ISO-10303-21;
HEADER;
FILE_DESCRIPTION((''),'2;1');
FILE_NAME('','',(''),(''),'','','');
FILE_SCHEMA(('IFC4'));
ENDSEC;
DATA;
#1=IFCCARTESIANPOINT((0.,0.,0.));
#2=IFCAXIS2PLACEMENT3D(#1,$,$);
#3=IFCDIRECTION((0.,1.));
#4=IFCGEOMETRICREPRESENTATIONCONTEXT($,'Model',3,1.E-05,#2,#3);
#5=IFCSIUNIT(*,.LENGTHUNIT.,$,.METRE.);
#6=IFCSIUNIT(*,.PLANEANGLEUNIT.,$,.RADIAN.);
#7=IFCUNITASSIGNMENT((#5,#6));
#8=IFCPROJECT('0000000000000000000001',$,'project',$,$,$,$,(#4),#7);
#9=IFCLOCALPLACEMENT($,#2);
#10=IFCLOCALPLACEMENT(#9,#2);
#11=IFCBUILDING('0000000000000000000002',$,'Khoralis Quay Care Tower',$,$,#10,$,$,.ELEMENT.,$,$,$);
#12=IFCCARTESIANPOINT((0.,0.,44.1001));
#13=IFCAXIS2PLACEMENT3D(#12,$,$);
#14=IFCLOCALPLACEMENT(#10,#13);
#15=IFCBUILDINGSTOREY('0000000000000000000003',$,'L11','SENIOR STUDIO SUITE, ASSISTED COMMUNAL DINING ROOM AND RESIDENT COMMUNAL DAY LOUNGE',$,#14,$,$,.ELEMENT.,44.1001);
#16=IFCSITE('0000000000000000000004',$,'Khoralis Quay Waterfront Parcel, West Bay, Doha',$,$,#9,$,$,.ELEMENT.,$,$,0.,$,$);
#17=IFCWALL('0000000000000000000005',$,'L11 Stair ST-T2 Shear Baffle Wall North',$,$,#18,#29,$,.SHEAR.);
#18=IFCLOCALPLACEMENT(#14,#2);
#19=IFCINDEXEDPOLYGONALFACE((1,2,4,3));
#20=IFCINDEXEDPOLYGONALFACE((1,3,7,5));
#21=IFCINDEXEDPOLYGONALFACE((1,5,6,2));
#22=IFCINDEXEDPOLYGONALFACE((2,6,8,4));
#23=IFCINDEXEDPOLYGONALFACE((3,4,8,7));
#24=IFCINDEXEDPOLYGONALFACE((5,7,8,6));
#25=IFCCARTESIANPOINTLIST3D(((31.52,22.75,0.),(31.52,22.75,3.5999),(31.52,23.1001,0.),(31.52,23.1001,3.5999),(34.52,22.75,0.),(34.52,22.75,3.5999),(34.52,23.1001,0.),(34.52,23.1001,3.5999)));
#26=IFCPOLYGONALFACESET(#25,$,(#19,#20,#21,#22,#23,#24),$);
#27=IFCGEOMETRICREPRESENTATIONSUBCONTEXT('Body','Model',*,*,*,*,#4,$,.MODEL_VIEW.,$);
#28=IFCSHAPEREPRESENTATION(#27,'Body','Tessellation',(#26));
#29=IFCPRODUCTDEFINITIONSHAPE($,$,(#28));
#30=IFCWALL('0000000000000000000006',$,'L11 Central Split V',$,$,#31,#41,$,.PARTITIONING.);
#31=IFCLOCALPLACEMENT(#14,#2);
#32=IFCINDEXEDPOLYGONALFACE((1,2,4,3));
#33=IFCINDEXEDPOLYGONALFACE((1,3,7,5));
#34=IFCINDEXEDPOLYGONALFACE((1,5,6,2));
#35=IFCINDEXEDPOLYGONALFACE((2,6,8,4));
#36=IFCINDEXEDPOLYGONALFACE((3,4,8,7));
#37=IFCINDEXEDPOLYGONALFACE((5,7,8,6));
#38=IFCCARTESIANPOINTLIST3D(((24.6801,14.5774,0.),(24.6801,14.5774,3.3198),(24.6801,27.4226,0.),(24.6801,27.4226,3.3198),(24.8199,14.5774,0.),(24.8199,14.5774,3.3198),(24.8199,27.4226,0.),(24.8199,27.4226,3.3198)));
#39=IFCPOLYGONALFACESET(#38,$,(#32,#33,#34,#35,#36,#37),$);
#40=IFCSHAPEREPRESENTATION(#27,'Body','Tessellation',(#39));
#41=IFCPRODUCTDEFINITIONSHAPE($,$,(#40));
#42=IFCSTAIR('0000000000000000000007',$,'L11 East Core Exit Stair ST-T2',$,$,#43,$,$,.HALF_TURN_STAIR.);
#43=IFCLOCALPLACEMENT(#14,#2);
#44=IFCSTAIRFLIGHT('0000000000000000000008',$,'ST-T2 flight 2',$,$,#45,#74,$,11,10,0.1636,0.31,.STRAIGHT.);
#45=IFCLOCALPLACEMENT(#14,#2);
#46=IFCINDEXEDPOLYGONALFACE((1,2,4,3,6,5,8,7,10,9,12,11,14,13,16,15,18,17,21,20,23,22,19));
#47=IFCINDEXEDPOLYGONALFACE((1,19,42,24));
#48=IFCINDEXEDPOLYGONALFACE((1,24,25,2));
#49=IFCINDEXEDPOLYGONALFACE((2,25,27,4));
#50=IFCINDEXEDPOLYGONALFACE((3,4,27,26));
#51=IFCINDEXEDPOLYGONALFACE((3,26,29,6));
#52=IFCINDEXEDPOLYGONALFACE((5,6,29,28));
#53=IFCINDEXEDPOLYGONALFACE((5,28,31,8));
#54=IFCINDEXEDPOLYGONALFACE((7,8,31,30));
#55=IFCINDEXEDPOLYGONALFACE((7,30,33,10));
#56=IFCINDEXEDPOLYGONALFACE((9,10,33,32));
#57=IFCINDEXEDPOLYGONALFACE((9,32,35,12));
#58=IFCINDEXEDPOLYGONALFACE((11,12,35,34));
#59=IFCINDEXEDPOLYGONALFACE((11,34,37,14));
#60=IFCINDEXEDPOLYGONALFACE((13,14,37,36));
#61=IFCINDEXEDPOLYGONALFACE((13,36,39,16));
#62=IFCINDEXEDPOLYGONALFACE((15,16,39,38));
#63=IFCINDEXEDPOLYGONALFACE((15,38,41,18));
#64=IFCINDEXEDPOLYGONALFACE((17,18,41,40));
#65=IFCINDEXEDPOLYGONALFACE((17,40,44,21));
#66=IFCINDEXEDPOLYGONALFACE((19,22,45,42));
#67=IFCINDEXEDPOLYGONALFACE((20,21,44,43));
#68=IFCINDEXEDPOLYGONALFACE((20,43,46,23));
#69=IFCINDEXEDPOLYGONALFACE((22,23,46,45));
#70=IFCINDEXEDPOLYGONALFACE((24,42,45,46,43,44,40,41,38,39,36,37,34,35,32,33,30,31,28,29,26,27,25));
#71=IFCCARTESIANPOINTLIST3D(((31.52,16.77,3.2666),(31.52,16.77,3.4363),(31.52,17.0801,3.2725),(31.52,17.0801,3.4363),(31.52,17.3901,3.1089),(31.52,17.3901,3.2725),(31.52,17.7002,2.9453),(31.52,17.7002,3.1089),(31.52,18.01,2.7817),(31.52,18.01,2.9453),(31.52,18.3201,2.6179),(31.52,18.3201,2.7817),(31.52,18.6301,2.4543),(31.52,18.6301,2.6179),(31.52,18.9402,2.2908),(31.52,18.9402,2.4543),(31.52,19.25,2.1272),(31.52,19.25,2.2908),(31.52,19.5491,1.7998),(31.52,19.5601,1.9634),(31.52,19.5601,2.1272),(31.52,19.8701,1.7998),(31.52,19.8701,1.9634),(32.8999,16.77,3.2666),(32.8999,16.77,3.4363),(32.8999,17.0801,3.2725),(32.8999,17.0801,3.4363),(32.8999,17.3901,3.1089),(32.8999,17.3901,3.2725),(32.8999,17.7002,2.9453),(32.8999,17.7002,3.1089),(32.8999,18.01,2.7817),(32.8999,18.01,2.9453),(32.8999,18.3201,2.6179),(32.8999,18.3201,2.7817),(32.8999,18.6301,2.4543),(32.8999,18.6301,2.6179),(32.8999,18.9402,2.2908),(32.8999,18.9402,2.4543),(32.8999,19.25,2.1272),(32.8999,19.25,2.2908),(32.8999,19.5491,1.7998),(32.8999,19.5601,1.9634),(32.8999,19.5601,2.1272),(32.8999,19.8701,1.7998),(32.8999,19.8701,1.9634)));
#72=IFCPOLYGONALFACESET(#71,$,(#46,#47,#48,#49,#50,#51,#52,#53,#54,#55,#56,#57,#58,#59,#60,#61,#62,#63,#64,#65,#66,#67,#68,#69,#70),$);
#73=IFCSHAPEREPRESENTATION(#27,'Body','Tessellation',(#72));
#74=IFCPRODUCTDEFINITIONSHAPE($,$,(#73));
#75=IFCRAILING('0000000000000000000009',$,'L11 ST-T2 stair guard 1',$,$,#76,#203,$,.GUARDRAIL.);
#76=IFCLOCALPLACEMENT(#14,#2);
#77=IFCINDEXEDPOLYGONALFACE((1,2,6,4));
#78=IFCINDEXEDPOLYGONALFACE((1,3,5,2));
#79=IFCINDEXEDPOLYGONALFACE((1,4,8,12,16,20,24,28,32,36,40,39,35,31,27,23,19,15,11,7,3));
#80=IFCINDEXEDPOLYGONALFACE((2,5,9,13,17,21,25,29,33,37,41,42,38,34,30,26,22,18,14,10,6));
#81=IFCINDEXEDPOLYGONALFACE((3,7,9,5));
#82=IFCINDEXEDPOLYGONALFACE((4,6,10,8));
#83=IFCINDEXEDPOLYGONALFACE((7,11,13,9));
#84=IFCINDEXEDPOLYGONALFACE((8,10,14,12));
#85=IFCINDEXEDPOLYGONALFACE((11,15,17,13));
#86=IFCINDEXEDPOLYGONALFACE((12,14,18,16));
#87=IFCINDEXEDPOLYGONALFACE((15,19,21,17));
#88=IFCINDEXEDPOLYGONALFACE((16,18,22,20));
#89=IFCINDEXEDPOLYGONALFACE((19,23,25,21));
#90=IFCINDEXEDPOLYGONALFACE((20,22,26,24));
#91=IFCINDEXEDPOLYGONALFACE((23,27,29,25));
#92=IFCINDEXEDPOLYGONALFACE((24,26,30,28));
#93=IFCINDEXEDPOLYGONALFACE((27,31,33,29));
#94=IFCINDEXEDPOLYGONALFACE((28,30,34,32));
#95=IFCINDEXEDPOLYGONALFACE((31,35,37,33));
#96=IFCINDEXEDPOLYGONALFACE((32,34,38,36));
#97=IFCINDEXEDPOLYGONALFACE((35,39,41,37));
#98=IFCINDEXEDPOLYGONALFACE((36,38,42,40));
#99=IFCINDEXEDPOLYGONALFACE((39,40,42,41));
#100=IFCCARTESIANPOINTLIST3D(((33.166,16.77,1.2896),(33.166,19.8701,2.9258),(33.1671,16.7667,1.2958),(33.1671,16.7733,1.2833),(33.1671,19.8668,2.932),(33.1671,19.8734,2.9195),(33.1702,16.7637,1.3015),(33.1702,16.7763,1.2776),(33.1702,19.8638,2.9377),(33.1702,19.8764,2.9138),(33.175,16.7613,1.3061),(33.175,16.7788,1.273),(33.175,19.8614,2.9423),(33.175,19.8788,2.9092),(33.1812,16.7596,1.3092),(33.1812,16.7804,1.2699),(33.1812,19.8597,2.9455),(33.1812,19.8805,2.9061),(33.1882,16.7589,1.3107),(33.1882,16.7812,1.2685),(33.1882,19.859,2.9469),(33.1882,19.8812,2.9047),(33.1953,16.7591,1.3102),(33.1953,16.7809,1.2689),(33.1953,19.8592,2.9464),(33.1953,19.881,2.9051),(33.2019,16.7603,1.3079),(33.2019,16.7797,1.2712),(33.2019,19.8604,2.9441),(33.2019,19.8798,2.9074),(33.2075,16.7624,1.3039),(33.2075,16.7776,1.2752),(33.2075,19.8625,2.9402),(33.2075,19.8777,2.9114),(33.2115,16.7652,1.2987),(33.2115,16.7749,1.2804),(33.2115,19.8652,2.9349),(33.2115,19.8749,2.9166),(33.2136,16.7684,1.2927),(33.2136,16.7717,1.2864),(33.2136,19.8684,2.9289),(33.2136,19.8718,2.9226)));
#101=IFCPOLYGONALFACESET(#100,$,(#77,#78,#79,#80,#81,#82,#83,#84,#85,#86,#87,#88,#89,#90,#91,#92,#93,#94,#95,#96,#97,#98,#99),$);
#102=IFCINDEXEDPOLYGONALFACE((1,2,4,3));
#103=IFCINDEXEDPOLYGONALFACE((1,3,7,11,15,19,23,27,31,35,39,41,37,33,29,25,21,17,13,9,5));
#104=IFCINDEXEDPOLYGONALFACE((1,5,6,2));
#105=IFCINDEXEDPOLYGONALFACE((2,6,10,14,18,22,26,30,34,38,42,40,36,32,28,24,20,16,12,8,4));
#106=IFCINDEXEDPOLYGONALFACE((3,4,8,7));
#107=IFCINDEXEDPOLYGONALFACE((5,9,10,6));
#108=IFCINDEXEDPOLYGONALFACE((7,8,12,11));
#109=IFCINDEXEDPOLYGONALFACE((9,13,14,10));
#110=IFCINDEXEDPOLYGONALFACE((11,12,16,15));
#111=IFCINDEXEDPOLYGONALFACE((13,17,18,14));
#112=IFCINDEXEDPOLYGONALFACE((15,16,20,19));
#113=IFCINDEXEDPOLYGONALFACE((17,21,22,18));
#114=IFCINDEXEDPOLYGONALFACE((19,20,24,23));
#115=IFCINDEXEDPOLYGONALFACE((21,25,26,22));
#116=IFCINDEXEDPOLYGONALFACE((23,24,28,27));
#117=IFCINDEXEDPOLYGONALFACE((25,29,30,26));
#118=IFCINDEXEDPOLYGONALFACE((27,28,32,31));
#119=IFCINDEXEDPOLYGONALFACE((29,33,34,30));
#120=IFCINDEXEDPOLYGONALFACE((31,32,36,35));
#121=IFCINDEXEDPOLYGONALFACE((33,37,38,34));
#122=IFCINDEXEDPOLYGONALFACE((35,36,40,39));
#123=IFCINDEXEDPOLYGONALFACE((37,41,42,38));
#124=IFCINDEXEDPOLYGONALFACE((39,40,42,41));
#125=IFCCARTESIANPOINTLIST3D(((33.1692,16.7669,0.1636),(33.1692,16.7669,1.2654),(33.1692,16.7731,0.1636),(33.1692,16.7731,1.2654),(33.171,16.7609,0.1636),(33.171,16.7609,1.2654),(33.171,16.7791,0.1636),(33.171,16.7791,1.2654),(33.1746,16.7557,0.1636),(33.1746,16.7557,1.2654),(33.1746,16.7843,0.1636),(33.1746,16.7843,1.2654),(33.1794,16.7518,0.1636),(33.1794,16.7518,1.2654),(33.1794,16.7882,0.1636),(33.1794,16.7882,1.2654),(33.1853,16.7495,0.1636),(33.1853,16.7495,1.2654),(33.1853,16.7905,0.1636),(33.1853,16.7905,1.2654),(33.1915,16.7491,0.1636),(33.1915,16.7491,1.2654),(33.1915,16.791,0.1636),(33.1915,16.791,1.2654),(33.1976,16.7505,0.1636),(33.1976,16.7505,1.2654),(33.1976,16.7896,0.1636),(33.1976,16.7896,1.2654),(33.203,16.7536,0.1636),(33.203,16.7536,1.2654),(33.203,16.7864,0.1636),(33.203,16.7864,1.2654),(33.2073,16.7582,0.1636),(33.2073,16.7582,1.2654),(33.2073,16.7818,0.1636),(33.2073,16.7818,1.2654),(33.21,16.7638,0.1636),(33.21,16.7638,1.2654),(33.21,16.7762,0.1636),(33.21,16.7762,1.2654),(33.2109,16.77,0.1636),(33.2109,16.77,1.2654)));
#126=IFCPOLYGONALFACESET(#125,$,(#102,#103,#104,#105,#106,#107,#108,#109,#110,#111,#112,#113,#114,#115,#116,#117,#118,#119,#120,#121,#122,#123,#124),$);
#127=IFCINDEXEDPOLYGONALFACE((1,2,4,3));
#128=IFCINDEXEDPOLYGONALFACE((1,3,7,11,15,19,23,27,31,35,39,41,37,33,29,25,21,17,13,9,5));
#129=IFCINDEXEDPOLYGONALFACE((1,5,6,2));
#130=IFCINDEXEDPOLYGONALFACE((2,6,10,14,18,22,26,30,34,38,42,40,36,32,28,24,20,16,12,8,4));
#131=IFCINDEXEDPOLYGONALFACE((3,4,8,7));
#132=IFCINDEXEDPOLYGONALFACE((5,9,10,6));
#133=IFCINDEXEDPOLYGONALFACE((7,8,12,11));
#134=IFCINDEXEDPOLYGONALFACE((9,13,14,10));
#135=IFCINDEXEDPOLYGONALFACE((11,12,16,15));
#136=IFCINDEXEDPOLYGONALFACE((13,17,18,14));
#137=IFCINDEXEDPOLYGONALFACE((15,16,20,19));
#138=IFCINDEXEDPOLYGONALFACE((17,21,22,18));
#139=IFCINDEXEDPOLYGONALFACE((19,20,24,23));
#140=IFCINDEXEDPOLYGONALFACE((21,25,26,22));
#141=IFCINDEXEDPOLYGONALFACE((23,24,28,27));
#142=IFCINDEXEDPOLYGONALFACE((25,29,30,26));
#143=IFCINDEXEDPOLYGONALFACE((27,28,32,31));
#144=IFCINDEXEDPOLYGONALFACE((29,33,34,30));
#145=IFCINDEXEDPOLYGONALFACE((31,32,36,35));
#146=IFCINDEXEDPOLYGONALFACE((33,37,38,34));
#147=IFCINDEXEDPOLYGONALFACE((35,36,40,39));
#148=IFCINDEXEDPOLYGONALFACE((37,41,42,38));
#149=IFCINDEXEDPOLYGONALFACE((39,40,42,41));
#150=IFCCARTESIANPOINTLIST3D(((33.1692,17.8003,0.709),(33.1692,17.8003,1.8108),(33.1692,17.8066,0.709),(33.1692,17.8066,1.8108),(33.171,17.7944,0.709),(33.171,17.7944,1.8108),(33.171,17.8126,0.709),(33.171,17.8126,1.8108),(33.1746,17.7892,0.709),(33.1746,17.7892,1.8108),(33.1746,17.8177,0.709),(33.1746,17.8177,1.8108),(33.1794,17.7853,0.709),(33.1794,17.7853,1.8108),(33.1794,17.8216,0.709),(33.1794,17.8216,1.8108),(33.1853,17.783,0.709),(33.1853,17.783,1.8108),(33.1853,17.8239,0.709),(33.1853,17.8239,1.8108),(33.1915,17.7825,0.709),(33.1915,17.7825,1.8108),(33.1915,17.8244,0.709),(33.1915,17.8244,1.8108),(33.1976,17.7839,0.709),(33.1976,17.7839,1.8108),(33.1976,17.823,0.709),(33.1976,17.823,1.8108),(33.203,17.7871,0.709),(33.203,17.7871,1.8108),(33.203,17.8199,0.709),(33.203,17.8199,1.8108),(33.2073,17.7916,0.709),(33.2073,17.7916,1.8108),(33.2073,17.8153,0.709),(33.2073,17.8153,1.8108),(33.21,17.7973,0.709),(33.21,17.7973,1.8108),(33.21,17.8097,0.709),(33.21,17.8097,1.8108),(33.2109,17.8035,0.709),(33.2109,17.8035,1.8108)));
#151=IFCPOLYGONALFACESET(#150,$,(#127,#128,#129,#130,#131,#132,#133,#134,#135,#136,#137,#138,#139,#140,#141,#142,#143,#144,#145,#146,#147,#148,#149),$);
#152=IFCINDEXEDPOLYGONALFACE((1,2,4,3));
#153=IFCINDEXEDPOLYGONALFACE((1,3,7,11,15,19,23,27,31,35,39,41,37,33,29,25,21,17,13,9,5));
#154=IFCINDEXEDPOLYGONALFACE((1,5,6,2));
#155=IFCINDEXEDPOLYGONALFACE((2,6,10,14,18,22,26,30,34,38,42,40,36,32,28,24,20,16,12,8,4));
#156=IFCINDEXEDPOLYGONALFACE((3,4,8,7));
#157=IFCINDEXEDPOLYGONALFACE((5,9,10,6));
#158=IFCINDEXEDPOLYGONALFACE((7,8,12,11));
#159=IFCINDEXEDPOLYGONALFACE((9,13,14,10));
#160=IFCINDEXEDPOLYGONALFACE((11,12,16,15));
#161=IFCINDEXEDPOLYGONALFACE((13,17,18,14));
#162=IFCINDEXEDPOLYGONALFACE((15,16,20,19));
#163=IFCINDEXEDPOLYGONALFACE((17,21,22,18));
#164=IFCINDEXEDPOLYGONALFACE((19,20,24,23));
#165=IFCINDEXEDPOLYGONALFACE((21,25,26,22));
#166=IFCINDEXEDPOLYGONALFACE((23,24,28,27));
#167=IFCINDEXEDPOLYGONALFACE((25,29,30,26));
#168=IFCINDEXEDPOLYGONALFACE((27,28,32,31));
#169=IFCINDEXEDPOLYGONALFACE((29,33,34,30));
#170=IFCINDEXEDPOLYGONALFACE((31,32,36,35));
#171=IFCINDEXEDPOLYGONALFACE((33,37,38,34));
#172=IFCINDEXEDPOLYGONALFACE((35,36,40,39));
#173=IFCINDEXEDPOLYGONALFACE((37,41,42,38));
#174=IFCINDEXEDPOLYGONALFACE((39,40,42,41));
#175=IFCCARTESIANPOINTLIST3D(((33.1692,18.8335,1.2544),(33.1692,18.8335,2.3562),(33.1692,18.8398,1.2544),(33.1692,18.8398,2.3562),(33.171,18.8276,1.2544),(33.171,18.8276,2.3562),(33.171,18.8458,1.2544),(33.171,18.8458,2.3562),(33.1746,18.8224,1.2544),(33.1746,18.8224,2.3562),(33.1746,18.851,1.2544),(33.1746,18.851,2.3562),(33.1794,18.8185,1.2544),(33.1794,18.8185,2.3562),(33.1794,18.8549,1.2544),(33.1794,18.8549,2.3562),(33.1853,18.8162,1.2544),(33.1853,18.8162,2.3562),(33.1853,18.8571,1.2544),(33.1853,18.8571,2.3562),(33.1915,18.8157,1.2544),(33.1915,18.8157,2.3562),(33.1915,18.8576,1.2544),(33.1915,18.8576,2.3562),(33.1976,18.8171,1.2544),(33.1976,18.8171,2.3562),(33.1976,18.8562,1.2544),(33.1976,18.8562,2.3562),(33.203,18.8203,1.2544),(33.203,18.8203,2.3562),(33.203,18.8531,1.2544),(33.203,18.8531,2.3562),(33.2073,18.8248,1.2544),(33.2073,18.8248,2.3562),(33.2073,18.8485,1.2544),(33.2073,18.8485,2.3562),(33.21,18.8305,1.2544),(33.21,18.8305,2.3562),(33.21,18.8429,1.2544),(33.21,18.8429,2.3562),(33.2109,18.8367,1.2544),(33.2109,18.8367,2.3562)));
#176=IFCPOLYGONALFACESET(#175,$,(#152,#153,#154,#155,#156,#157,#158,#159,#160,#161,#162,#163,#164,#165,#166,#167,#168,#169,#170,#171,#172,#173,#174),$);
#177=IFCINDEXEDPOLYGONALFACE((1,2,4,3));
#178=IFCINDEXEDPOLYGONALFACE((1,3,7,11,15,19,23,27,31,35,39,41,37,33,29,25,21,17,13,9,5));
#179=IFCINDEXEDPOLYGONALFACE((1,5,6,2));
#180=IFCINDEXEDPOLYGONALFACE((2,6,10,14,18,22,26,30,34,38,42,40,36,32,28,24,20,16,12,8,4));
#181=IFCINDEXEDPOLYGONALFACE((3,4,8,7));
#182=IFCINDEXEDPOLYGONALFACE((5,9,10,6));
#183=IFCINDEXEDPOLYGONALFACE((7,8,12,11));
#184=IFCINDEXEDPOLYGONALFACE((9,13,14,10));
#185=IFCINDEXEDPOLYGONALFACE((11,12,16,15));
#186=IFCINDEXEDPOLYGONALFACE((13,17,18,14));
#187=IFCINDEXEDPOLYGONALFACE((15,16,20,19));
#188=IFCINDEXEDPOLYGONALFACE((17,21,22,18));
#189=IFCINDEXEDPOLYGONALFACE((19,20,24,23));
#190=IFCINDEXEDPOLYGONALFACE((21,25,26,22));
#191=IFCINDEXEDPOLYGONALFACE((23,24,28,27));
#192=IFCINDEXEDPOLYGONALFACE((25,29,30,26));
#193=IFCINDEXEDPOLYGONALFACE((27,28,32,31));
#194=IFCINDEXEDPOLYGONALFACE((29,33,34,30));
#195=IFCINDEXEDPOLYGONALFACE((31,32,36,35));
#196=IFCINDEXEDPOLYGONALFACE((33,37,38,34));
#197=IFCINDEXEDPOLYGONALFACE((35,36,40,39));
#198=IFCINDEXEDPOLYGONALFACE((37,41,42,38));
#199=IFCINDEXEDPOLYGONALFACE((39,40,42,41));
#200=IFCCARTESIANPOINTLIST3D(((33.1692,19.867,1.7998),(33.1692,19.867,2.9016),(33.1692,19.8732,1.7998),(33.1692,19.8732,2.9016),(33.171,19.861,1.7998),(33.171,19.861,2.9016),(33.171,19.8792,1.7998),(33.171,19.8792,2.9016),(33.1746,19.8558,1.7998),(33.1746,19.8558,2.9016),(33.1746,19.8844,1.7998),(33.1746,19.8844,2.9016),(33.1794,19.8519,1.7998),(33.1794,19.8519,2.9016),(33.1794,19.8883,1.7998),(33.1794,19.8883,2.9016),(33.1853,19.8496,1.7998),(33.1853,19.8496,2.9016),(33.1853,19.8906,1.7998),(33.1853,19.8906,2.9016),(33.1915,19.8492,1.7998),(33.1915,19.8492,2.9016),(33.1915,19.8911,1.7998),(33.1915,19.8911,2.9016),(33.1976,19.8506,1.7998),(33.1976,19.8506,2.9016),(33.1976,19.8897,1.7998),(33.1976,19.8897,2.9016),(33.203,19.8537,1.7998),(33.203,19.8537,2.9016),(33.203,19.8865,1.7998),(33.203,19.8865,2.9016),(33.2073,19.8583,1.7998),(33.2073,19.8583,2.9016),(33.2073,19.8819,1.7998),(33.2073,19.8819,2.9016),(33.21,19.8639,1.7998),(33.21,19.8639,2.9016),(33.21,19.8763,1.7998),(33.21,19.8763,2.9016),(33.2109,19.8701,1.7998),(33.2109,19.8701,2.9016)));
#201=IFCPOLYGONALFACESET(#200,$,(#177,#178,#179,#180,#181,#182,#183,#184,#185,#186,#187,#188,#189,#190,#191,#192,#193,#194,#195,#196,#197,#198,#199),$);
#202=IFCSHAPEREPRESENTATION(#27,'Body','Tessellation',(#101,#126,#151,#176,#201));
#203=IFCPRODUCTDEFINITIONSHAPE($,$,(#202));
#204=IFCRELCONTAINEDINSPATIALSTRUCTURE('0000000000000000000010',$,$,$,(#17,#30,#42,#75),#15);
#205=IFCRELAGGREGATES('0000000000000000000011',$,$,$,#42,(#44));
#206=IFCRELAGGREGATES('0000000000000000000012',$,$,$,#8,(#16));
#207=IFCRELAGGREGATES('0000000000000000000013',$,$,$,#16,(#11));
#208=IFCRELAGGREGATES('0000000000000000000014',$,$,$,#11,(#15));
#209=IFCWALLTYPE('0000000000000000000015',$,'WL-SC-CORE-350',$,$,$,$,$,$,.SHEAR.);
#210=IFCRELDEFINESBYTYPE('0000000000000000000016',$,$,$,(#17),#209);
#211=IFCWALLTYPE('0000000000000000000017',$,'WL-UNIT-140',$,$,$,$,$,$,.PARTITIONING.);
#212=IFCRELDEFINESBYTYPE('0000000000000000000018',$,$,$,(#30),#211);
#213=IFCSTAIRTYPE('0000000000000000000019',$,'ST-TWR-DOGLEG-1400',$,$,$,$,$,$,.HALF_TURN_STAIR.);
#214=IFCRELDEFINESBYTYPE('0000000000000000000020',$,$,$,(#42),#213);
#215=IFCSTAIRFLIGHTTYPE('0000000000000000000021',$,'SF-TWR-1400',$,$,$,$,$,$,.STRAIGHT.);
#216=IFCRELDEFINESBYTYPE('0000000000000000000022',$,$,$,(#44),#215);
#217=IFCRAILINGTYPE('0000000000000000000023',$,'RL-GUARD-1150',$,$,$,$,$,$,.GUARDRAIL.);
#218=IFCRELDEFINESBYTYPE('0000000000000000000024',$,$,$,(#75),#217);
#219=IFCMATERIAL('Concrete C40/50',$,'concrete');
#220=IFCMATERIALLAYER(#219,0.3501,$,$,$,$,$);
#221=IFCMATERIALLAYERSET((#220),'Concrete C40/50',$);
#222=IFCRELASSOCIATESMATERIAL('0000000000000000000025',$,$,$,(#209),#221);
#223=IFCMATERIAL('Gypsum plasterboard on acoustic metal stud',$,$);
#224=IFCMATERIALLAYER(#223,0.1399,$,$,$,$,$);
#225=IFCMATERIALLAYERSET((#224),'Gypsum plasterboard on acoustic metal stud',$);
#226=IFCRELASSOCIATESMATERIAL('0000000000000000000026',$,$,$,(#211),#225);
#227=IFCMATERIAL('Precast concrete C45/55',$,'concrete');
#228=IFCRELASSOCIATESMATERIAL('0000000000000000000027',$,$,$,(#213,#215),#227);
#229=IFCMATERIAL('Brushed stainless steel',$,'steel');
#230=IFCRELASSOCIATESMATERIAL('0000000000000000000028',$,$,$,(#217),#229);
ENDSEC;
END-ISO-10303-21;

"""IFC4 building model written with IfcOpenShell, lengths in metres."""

from ifc_helpers import new_model, si_unit, direction, frame, frame_2d, origin, origin_2d, place, context, subcontext, project, spatial, polyline, rectangle, circle, outline, extrude, source, transform, mapped, material, layer, layer_set, type_object, element, aggregate, save


model = new_model("IFC4")

# Units and contexts
model_context = context("Model", 3, precision=1e-05, world=origin(), true_north=direction((0.0, 1.0)))
body_context = subcontext(model_context, "Body", "Model", "MODEL_VIEW")
ifc_project = project(units=[si_unit("LENGTHUNIT", "METRE"), si_unit("PLANEANGLEUNIT", "RADIAN")], contexts=[model_context])

# Site, building, storey
site_placement = place(None, origin())
site = spatial("IfcSite", under=ifc_project, at=site_placement, Name="Khoralis Quay Waterfront Parcel, West Bay, Doha", CompositionType="ELEMENT", RefElevation=0.0)
building_placement = place(site_placement, origin())
building = spatial("IfcBuilding", under=site, at=building_placement, Name="Khoralis Quay Care Tower", CompositionType="ELEMENT")
storey_placement = place(building_placement, frame((0.0, 0.0, 44.1001)))
storey = spatial("IfcBuildingStorey", under=building, at=storey_placement, Name="L11", Description="SENIOR STUDIO SUITE, ASSISTED COMMUNAL DINING ROOM AND RESIDENT COMMUNAL DAY LOUNGE", CompositionType="ELEMENT", Elevation=44.1001)

# Shared definitions
ifc_material_1 = material(Name="Gypsum plasterboard on acoustic metal stud")

# Shared definitions
ifc_material_2 = material(Name="Brushed stainless steel", Category="steel")

# Walls
ifc_material_3 = material(Name="Concrete C40/50", Category="concrete")
ifc_layer_1 = layer(ifc_material_3, 0.3501)
ifc_layer_set_1 = layer_set([ifc_layer_1], Name="Concrete C40/50")
wall_type_1 = type_object("IfcWallType", Name="WL-SC-CORE-350", PredefinedType="SHEAR", material=ifc_layer_set_1)
wall_1_placement = place(storey_placement, frame((31.52, 22.925, 0.0), z_axis=(0.0, 0.0, 1.0), x_axis=(1.0, 0.0, 0.0)))
element("IfcWall", 1, at=wall_1_placement, inside=storey, type_object=wall_type_1, Name="L11 Stair ST-T2 Shear Baffle Wall North", PredefinedType="SHEAR", context=body_context, shape_type="SweptSolid", body=[
    extrude(rectangle(XDim=3.0, YDim=0.3501, at=frame_2d((1.5, 0.0))), origin(), (0.0, 0.0, 1.0), 3.5999),
])
ifc_layer_2 = layer(ifc_material_1, 0.1399)
ifc_layer_set_2 = layer_set([ifc_layer_2], Name="Gypsum plasterboard on acoustic metal stud")
wall_type_2 = type_object("IfcWallType", Name="WL-UNIT-140", PredefinedType="PARTITIONING", material=ifc_layer_set_2)
wall_2_placement = place(storey_placement, frame((24.75, 14.5774, 0.0), z_axis=(0.0, 0.0, 1.0), x_axis=(0.0, 1.0, 0.0)))
element("IfcWall", 2, at=wall_2_placement, inside=storey, type_object=wall_type_2, Name="L11 Central Split V", PredefinedType="PARTITIONING", context=body_context, shape_type="SweptSolid", body=[
    extrude(rectangle(XDim=12.8452, YDim=0.1399, at=frame_2d((6.4226, 0.0))), origin(), (0.0, 0.0, 1.0), 3.3198),
])

# Stair, stair flight
ifc_material_4 = material(Name="Precast concrete C45/55", Category="concrete")
stair_type = type_object("IfcStairType", Name="ST-TWR-DOGLEG-1400", PredefinedType="HALF_TURN_STAIR", material=ifc_material_4)
stair_placement = place(storey_placement, origin())
stair = element("IfcStair", 3, at=stair_placement, inside=storey, type_object=stair_type, Name="L11 East Core Exit Stair ST-T2", PredefinedType="HALF_TURN_STAIR")
stair_flight_type = type_object("IfcStairFlightType", Name="SF-TWR-1400", PredefinedType="STRAIGHT", material=ifc_material_4)
shared_shape_1 = source(origin(), body_context, "Body", "SweptSolid", [
    extrude(outline(polyline([(0.0, 0.0), (0.0, 0.1636), (0.3101, 0.1636), (0.3101, 0.3274), (0.6201, 0.3274), (0.6201, 0.491), (0.9299, 0.491), (0.9299, 0.6545), (1.24, 0.6545), (1.24, 0.8181), (1.55, 0.8181), (1.55, 0.9819), (1.8601, 0.9819), (1.8601, 1.1455), (2.1699, 1.1455), (2.1699, 1.3091), (2.48, 1.3091), (2.48, 1.4727), (2.79, 1.4727), (2.79, 1.6365), (3.1001, 1.6365), (3.1001, 1.8), (3.1001, 1.4668), (0.321, 0.0), (0.0, 0.0)])), frame((0.0, 0.6899, 0.0), z_axis=(0.0, -1.0, 0.0), x_axis=(1.0, 0.0, 0.0)), (0.0, 0.0, 1.0), 1.3799),
])
stair_flight_placement = place(storey_placement, frame((32.21, 19.8701, 1.7998), z_axis=(0.0, 0.0, 1.0), x_axis=(0.0, -1.0, 0.0)))
stair_flight = element("IfcStairFlight", 4, at=stair_flight_placement, type_object=stair_flight_type, Name="ST-T2 flight 2", NumberOfRisers=11, NumberOfTreads=10, PredefinedType="STRAIGHT", RiserHeight=0.1636, TreadLength=0.31, context=body_context, shape_type="MappedRepresentation", body=[
    mapped(shared_shape_1, transform((0.0, 0.0, 0.0), scale=1.0)),
])
aggregate(stair, [stair_flight])

# Railing
railing_type_1 = type_object("IfcRailingType", Name="RL-GUARD-1150", PredefinedType="GUARDRAIL", material=ifc_material_2)
railing_1_placement = place(storey_placement, frame((33.1899, 16.77, 0.1636)))
element("IfcRailing", 5, at=railing_1_placement, inside=storey, type_object=railing_type_1, Name="L11 ST-T2 stair guard 1", PredefinedType="GUARDRAIL", context=body_context, shape_type="SweptSolid", body=[
    extrude(circle(Radius=0.0239, at=origin_2d()), frame((0.0, 0.0, 1.126), z_axis=(0.0, 0.884377, 0.466774), x_axis=(-1.0, 0.0, 0.0)), (0.0, 0.0, 1.0), 3.5054),
    extrude(circle(Radius=0.021, at=origin_2d()), origin(), (0.0, 0.0, 1.0), 1.1018),
    extrude(circle(Radius=0.021, at=origin_2d()), frame((0.0, 1.0334, 0.5454)), (0.0, 0.0, 1.0), 1.1018),
    extrude(circle(Radius=0.021, at=origin_2d()), frame((0.0, 2.0667, 1.0908)), (0.0, 0.0, 1.0), 1.1018),
    extrude(circle(Radius=0.021, at=origin_2d()), frame((0.0, 3.1001, 1.6362)), (0.0, 0.0, 1.0), 1.1018),
])

save(model, "model.ifc")
